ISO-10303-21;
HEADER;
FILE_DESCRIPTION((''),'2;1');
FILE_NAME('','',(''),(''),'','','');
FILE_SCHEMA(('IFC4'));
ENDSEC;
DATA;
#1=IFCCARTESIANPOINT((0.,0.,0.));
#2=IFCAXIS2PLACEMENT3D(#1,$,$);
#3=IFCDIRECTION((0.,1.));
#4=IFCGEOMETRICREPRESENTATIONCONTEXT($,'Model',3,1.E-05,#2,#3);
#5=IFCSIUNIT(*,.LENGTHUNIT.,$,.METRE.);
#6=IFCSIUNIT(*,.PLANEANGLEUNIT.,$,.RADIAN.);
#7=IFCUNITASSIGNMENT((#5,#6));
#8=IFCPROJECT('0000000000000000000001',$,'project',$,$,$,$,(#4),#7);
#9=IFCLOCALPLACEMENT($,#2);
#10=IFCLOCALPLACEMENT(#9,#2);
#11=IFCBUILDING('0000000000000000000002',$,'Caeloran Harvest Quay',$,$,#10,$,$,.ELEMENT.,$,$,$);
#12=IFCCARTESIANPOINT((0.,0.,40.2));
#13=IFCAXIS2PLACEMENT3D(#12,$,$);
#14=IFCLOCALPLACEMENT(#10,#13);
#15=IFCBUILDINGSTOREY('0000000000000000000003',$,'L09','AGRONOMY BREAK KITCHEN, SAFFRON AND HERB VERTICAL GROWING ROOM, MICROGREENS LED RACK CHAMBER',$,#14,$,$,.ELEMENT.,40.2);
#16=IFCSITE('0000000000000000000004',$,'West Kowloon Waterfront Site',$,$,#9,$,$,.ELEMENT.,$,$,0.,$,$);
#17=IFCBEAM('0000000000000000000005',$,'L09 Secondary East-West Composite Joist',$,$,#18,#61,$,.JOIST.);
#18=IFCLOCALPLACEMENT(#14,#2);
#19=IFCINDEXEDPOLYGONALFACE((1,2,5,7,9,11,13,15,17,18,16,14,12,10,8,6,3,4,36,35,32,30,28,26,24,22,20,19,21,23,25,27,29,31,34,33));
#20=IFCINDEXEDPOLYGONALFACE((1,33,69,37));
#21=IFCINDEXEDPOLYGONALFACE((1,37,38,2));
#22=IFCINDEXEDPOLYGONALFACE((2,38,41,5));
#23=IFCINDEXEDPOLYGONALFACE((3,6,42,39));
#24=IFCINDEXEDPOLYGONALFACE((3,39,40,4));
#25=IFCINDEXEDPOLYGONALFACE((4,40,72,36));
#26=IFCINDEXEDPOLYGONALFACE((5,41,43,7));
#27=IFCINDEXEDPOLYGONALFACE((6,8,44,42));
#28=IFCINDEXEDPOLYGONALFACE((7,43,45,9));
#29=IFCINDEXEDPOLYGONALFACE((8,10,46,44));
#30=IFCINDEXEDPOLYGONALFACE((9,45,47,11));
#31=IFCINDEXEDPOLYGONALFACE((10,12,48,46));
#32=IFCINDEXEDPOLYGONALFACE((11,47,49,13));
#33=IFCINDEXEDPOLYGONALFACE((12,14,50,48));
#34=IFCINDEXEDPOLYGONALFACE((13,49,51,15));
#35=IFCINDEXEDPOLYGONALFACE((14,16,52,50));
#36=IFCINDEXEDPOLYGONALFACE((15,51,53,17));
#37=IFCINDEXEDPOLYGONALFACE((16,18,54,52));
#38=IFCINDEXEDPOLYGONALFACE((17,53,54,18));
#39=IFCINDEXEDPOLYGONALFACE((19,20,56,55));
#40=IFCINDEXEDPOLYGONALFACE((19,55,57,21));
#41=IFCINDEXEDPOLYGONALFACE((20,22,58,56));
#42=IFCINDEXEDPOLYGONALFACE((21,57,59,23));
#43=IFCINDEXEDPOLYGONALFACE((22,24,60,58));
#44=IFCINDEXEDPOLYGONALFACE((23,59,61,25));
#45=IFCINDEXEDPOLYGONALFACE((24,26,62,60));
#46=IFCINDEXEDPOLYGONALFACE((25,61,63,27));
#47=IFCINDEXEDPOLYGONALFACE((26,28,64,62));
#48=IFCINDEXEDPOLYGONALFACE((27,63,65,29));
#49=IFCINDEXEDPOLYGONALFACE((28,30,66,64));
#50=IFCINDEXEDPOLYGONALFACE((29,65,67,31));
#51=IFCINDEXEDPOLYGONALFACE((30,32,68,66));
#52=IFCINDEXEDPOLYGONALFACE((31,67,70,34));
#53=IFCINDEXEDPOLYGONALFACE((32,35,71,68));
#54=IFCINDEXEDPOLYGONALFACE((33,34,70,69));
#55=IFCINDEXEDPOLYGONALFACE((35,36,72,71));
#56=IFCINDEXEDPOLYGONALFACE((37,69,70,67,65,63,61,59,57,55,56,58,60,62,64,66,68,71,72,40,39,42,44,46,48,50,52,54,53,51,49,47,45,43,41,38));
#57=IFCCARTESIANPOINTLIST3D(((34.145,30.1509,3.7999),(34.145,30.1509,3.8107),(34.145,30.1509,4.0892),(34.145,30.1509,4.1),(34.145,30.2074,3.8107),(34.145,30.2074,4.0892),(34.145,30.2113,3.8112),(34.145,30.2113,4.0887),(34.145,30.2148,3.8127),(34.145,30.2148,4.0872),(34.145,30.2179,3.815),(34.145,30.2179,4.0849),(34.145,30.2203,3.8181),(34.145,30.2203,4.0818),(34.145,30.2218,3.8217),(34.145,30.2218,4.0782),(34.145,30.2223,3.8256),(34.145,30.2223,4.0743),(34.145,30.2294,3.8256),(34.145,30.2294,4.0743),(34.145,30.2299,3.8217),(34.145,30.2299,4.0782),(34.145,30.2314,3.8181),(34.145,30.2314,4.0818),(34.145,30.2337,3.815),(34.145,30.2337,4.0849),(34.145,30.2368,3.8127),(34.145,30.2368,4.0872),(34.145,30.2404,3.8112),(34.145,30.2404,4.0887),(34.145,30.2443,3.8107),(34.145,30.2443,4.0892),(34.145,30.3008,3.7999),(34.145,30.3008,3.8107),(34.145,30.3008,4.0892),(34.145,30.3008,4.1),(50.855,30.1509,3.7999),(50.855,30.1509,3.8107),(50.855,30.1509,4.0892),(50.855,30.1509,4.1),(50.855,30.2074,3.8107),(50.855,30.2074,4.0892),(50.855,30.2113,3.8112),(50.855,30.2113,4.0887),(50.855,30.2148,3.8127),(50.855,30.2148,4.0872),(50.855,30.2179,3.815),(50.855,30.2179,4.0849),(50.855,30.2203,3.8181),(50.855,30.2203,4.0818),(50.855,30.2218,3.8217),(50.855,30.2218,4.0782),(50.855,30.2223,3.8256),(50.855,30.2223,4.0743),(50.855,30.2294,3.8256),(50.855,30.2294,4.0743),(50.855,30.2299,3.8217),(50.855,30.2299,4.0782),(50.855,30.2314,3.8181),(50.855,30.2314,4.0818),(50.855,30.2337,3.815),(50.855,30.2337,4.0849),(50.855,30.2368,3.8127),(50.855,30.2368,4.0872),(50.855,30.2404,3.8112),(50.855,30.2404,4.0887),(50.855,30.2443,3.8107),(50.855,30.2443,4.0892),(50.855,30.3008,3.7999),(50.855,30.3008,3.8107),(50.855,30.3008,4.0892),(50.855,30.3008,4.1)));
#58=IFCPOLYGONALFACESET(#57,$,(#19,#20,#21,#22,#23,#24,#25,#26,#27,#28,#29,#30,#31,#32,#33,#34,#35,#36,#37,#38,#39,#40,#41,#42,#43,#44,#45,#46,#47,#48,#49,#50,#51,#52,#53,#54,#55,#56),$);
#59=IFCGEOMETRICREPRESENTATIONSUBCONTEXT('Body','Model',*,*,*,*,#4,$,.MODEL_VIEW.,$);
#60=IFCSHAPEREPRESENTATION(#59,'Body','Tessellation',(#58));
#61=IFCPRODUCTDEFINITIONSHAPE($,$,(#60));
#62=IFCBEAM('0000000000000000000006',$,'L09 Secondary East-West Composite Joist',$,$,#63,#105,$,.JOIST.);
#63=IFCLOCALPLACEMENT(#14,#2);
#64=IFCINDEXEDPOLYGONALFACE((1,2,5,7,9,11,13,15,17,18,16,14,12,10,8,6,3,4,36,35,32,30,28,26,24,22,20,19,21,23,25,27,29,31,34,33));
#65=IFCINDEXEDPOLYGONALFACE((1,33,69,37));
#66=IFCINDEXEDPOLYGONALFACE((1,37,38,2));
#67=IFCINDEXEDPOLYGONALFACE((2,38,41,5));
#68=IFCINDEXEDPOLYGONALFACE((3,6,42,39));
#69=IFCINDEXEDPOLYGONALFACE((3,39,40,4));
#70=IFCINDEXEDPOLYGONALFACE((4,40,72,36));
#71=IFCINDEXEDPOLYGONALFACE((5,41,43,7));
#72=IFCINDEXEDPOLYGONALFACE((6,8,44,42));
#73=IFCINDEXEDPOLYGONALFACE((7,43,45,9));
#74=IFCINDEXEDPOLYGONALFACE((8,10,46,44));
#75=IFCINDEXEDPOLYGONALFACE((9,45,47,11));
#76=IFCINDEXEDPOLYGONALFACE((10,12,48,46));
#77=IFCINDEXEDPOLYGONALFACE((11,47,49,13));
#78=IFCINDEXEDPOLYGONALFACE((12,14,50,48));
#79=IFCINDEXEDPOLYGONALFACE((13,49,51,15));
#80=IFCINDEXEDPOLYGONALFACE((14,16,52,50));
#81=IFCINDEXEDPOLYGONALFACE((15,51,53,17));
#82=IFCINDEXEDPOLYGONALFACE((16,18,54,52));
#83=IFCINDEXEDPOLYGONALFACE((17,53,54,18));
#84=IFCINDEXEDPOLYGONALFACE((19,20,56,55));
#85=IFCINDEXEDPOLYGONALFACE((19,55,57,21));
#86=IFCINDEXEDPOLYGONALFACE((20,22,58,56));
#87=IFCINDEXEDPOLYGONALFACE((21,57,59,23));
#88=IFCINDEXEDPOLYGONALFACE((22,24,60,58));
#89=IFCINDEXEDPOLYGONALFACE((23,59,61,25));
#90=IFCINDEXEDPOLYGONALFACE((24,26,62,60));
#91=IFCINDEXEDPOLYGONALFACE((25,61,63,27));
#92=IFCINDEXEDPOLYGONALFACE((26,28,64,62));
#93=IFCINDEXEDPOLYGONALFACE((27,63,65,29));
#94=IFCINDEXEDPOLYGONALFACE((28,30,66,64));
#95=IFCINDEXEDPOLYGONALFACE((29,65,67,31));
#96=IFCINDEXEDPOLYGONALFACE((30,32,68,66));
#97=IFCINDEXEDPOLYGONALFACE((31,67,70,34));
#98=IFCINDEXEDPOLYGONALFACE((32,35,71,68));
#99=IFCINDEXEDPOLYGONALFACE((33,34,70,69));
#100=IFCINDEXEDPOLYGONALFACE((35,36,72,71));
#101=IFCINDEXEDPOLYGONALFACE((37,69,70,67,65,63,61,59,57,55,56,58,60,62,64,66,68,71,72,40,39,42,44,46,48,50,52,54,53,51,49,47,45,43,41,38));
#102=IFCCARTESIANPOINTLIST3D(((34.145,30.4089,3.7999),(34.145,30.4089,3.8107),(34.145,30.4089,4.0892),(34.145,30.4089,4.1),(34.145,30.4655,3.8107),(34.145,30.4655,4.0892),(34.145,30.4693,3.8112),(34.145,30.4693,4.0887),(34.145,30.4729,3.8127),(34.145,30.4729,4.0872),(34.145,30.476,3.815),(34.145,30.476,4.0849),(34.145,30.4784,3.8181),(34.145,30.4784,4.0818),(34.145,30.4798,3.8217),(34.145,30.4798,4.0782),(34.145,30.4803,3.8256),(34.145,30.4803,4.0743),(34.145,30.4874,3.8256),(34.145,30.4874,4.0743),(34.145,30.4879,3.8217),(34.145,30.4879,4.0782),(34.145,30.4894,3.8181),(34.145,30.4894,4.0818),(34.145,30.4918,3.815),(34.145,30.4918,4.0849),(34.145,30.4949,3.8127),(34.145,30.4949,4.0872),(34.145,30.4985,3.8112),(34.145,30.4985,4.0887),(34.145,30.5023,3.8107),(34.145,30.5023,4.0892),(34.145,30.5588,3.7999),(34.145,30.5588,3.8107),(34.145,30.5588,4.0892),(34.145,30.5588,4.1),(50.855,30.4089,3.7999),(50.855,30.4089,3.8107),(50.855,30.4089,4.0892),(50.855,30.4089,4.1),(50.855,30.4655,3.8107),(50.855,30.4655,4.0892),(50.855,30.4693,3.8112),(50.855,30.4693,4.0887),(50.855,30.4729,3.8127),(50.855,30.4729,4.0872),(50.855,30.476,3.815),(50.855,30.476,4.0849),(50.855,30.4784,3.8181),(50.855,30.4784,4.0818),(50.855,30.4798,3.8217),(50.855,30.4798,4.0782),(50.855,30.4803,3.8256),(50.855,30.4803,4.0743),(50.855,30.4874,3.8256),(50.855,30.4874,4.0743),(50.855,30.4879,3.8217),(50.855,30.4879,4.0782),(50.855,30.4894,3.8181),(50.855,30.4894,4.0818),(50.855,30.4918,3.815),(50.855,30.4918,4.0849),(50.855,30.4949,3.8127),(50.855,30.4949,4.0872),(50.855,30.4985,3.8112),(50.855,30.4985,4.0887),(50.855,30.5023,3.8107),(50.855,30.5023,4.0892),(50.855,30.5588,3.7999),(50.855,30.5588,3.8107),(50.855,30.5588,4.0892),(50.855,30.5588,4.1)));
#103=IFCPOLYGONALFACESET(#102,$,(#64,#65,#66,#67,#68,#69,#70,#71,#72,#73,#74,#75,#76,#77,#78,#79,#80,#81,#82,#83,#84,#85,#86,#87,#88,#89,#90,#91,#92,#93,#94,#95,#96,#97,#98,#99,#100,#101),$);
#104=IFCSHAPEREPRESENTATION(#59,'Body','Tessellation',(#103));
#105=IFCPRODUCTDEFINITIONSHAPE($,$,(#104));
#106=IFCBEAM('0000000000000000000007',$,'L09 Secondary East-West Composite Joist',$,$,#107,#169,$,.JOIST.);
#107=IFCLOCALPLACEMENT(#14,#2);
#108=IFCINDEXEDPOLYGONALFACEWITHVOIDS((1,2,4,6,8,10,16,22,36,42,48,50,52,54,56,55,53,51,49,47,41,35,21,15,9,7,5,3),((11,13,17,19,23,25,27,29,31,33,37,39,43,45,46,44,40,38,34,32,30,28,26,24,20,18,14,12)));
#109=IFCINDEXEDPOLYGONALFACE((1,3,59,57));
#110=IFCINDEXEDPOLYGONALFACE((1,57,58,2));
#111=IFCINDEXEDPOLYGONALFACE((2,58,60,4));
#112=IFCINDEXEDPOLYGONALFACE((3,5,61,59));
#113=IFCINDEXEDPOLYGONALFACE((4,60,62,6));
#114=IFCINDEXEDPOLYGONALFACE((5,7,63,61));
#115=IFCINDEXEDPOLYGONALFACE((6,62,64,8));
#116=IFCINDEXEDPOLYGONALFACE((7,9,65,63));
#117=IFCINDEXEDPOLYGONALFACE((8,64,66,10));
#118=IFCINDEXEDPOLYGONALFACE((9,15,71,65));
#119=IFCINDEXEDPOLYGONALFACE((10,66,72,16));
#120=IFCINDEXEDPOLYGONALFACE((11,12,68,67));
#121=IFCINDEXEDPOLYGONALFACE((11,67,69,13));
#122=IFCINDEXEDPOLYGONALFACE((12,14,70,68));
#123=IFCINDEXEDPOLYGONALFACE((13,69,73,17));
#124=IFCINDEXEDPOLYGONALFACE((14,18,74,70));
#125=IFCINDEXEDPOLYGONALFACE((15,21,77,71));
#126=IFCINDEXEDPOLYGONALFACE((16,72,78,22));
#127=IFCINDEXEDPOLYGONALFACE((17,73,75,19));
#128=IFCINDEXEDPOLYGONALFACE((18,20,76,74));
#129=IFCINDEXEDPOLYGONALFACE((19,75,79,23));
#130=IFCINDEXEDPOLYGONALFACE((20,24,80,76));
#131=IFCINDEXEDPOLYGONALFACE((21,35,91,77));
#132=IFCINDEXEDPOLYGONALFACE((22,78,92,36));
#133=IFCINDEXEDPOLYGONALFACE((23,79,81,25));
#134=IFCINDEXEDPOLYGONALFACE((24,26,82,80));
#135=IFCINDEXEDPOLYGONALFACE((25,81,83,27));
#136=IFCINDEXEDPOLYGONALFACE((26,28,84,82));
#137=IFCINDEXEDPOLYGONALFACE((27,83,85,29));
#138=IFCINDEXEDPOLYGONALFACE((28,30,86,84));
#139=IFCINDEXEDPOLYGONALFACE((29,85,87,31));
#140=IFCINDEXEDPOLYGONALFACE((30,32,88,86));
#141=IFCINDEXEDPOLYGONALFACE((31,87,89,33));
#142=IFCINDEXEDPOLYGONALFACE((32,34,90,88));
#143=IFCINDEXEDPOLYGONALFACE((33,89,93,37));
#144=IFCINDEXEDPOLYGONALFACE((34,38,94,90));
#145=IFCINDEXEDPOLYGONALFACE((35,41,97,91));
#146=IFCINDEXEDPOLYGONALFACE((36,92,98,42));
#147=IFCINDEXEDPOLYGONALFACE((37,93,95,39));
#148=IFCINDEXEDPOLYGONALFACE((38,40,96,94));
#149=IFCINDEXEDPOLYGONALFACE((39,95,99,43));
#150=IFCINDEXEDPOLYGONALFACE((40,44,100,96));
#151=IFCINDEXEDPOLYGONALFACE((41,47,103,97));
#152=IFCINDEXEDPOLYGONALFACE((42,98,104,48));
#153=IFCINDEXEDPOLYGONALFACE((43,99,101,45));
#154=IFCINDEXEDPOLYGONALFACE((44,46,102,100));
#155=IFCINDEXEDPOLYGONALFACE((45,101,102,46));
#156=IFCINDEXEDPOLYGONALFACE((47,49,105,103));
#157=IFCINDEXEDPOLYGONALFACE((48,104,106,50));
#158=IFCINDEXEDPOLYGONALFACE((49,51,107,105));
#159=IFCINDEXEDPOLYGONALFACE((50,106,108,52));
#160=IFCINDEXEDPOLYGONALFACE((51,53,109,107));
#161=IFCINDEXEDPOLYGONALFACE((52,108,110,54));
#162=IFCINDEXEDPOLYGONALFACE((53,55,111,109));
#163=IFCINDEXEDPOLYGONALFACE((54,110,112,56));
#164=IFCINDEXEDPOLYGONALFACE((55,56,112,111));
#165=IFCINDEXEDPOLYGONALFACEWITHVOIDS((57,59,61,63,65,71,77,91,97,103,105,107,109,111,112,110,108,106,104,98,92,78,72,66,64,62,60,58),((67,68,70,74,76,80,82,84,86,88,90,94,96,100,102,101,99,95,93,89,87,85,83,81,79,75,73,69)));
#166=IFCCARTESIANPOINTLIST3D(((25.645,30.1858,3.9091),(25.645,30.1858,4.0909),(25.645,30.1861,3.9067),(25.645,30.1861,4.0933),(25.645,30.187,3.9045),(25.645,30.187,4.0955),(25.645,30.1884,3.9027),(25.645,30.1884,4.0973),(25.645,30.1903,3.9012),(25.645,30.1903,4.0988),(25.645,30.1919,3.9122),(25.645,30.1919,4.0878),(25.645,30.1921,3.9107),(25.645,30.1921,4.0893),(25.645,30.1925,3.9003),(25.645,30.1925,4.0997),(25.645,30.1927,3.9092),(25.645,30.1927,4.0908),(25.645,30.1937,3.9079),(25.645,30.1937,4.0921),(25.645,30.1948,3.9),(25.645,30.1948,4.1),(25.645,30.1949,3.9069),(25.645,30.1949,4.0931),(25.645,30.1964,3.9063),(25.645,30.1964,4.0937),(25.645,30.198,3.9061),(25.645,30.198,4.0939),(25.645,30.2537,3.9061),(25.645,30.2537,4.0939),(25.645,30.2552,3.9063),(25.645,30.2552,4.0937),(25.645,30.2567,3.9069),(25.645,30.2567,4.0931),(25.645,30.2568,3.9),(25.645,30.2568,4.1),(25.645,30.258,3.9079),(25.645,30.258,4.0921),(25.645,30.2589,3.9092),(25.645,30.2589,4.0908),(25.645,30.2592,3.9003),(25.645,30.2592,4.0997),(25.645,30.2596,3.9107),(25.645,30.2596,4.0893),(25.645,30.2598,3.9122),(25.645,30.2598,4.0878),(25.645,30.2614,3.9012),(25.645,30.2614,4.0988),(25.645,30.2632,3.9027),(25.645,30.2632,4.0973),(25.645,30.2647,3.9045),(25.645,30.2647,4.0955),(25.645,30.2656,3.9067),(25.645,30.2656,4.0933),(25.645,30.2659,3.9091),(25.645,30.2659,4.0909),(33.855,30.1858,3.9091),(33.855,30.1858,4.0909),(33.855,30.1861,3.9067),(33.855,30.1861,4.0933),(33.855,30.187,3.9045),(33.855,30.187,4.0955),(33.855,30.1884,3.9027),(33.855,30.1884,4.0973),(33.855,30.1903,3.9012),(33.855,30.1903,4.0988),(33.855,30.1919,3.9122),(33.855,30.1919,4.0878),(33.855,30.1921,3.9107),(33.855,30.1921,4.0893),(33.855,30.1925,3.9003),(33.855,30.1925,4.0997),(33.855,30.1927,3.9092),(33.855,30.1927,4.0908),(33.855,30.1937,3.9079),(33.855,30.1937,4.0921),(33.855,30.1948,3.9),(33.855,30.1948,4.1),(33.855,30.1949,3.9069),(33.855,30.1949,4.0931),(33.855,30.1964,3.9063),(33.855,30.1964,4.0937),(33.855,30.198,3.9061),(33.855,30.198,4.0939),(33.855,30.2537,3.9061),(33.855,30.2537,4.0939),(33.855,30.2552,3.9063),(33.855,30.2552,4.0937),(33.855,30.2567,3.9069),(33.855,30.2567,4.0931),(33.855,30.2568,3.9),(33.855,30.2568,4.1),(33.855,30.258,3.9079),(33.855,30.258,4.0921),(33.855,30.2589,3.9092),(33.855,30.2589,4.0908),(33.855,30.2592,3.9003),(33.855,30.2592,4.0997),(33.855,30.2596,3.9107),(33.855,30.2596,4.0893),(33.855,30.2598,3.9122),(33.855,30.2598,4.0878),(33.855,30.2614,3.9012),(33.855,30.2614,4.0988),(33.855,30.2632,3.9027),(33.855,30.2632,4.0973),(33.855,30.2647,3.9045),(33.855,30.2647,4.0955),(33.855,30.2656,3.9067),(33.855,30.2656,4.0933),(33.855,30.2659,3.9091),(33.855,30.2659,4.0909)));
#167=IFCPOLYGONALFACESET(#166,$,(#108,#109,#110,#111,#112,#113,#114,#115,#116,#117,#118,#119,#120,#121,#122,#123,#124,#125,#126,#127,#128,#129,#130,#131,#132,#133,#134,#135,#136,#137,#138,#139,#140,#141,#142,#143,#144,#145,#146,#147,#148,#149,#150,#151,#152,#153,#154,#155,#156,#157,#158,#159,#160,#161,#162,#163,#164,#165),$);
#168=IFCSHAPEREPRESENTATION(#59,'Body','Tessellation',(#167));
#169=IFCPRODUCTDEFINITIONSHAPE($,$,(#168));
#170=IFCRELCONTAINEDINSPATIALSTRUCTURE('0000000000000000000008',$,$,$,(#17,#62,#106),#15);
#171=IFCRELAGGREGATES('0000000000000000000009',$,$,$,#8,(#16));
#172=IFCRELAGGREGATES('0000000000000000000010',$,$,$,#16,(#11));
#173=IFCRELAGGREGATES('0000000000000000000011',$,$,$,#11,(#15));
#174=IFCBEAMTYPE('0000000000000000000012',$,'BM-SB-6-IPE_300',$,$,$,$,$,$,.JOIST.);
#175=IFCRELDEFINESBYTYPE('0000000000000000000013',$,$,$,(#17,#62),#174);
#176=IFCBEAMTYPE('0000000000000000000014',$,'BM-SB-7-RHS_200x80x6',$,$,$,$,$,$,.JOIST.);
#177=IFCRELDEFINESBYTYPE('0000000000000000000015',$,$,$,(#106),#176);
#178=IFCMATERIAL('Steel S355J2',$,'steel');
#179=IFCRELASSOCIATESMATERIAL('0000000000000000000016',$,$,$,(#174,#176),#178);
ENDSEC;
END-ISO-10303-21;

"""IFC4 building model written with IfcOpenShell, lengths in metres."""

from ifc_helpers import new_model, si_unit, direction, frame, origin, origin_2d, place, context, subcontext, project, spatial, hollow_rectangle, i_section, extrude, material, material_profile, profile_set, type_object, element, save


model = new_model("IFC4")

# Units and contexts
model_context = context("Model", 3, precision=1e-05, world=origin(), true_north=direction((0.0, 1.0)))
body_context = subcontext(model_context, "Body", "Model", "MODEL_VIEW")
ifc_project = project(units=[si_unit("LENGTHUNIT", "METRE"), si_unit("PLANEANGLEUNIT", "RADIAN")], contexts=[model_context])

# Site, building, storey
site_placement = place(None, origin())
site = spatial("IfcSite", under=ifc_project, at=site_placement, Name="West Kowloon Waterfront Site", CompositionType="ELEMENT", RefElevation=0.0)
building_placement = place(site_placement, origin())
building = spatial("IfcBuilding", under=site, at=building_placement, Name="Caeloran Harvest Quay", CompositionType="ELEMENT")
storey_placement = place(building_placement, frame((0.0, 0.0, 40.2)))
storey = spatial("IfcBuildingStorey", under=building, at=storey_placement, Name="L09", Description="AGRONOMY BREAK KITCHEN, SAFFRON AND HERB VERTICAL GROWING ROOM, MICROGREENS LED RACK CHAMBER", CompositionType="ELEMENT", Elevation=40.2)

# Beams
ifc_material_1 = material(Name="Steel S355J2", Category="steel")
ifc_material_profile_1 = material_profile(ifc_material_1, i_section(OverallWidth=0.1499, OverallDepth=0.3, WebThickness=0.0071, FlangeThickness=0.0107, FilletRadius=0.0149, at=origin_2d()), Name="IPE 300")
ifc_profile_set_1 = profile_set([ifc_material_profile_1], Name="Steel S355J2")
beam_type_1 = type_object("IfcBeamType", Name="BM-SB-6-IPE_300", PredefinedType="JOIST", material=ifc_profile_set_1)
for number, where, z_axis, x_axis, name in (
    (1, (34.145, 30.2258, 3.95), (1.0, 0.0, 0.0), (0.0, 1.0, 0.0), "L09 Secondary East-West Composite Joist"),
    (2, (34.145, 30.4839, 3.95), (1.0, 0.0, 0.0), (0.0, 1.0, 0.0), "L09 Secondary East-West Composite Joist"),
):
    element("IfcBeam", number, at=place(storey_placement, frame(where, z_axis=z_axis, x_axis=x_axis)), inside=storey, type_object=beam_type_1, Name=name, PredefinedType="JOIST", context=body_context, shape_type="SweptSolid", body=[
        extrude(i_section(OverallWidth=0.1499, OverallDepth=0.3, WebThickness=0.0071, FlangeThickness=0.0107, FilletRadius=0.0149, at=origin_2d()), origin(), (0.0, 0.0, 1.0), 16.71),
    ])
ifc_material_profile_2 = material_profile(ifc_material_1, hollow_rectangle(XDim=0.0801, YDim=0.2, WallThickness=0.0061, InnerFilletRadius=0.0061, OuterFilletRadius=0.009, at=origin_2d()), Name="RHS 200x80x6")
ifc_profile_set_2 = profile_set([ifc_material_profile_2], Name="Steel S355J2")
beam_type_2 = type_object("IfcBeamType", Name="BM-SB-7-RHS_200x80x6", PredefinedType="JOIST", material=ifc_profile_set_2)
beam_1_placement = place(storey_placement, frame((25.645, 30.2258, 4.0), z_axis=(1.0, 0.0, 0.0), x_axis=(0.0, 1.0, 0.0)))
element("IfcBeam", 3, at=beam_1_placement, inside=storey, type_object=beam_type_2, Name="L09 Secondary East-West Composite Joist", PredefinedType="JOIST", context=body_context, shape_type="SweptSolid", body=[
    extrude(hollow_rectangle(XDim=0.0801, YDim=0.2, WallThickness=0.0061, InnerFilletRadius=0.0061, OuterFilletRadius=0.009, at=origin_2d()), origin(), (0.0, 0.0, 1.0), 8.21),
])

save(model, "model.ifc")
